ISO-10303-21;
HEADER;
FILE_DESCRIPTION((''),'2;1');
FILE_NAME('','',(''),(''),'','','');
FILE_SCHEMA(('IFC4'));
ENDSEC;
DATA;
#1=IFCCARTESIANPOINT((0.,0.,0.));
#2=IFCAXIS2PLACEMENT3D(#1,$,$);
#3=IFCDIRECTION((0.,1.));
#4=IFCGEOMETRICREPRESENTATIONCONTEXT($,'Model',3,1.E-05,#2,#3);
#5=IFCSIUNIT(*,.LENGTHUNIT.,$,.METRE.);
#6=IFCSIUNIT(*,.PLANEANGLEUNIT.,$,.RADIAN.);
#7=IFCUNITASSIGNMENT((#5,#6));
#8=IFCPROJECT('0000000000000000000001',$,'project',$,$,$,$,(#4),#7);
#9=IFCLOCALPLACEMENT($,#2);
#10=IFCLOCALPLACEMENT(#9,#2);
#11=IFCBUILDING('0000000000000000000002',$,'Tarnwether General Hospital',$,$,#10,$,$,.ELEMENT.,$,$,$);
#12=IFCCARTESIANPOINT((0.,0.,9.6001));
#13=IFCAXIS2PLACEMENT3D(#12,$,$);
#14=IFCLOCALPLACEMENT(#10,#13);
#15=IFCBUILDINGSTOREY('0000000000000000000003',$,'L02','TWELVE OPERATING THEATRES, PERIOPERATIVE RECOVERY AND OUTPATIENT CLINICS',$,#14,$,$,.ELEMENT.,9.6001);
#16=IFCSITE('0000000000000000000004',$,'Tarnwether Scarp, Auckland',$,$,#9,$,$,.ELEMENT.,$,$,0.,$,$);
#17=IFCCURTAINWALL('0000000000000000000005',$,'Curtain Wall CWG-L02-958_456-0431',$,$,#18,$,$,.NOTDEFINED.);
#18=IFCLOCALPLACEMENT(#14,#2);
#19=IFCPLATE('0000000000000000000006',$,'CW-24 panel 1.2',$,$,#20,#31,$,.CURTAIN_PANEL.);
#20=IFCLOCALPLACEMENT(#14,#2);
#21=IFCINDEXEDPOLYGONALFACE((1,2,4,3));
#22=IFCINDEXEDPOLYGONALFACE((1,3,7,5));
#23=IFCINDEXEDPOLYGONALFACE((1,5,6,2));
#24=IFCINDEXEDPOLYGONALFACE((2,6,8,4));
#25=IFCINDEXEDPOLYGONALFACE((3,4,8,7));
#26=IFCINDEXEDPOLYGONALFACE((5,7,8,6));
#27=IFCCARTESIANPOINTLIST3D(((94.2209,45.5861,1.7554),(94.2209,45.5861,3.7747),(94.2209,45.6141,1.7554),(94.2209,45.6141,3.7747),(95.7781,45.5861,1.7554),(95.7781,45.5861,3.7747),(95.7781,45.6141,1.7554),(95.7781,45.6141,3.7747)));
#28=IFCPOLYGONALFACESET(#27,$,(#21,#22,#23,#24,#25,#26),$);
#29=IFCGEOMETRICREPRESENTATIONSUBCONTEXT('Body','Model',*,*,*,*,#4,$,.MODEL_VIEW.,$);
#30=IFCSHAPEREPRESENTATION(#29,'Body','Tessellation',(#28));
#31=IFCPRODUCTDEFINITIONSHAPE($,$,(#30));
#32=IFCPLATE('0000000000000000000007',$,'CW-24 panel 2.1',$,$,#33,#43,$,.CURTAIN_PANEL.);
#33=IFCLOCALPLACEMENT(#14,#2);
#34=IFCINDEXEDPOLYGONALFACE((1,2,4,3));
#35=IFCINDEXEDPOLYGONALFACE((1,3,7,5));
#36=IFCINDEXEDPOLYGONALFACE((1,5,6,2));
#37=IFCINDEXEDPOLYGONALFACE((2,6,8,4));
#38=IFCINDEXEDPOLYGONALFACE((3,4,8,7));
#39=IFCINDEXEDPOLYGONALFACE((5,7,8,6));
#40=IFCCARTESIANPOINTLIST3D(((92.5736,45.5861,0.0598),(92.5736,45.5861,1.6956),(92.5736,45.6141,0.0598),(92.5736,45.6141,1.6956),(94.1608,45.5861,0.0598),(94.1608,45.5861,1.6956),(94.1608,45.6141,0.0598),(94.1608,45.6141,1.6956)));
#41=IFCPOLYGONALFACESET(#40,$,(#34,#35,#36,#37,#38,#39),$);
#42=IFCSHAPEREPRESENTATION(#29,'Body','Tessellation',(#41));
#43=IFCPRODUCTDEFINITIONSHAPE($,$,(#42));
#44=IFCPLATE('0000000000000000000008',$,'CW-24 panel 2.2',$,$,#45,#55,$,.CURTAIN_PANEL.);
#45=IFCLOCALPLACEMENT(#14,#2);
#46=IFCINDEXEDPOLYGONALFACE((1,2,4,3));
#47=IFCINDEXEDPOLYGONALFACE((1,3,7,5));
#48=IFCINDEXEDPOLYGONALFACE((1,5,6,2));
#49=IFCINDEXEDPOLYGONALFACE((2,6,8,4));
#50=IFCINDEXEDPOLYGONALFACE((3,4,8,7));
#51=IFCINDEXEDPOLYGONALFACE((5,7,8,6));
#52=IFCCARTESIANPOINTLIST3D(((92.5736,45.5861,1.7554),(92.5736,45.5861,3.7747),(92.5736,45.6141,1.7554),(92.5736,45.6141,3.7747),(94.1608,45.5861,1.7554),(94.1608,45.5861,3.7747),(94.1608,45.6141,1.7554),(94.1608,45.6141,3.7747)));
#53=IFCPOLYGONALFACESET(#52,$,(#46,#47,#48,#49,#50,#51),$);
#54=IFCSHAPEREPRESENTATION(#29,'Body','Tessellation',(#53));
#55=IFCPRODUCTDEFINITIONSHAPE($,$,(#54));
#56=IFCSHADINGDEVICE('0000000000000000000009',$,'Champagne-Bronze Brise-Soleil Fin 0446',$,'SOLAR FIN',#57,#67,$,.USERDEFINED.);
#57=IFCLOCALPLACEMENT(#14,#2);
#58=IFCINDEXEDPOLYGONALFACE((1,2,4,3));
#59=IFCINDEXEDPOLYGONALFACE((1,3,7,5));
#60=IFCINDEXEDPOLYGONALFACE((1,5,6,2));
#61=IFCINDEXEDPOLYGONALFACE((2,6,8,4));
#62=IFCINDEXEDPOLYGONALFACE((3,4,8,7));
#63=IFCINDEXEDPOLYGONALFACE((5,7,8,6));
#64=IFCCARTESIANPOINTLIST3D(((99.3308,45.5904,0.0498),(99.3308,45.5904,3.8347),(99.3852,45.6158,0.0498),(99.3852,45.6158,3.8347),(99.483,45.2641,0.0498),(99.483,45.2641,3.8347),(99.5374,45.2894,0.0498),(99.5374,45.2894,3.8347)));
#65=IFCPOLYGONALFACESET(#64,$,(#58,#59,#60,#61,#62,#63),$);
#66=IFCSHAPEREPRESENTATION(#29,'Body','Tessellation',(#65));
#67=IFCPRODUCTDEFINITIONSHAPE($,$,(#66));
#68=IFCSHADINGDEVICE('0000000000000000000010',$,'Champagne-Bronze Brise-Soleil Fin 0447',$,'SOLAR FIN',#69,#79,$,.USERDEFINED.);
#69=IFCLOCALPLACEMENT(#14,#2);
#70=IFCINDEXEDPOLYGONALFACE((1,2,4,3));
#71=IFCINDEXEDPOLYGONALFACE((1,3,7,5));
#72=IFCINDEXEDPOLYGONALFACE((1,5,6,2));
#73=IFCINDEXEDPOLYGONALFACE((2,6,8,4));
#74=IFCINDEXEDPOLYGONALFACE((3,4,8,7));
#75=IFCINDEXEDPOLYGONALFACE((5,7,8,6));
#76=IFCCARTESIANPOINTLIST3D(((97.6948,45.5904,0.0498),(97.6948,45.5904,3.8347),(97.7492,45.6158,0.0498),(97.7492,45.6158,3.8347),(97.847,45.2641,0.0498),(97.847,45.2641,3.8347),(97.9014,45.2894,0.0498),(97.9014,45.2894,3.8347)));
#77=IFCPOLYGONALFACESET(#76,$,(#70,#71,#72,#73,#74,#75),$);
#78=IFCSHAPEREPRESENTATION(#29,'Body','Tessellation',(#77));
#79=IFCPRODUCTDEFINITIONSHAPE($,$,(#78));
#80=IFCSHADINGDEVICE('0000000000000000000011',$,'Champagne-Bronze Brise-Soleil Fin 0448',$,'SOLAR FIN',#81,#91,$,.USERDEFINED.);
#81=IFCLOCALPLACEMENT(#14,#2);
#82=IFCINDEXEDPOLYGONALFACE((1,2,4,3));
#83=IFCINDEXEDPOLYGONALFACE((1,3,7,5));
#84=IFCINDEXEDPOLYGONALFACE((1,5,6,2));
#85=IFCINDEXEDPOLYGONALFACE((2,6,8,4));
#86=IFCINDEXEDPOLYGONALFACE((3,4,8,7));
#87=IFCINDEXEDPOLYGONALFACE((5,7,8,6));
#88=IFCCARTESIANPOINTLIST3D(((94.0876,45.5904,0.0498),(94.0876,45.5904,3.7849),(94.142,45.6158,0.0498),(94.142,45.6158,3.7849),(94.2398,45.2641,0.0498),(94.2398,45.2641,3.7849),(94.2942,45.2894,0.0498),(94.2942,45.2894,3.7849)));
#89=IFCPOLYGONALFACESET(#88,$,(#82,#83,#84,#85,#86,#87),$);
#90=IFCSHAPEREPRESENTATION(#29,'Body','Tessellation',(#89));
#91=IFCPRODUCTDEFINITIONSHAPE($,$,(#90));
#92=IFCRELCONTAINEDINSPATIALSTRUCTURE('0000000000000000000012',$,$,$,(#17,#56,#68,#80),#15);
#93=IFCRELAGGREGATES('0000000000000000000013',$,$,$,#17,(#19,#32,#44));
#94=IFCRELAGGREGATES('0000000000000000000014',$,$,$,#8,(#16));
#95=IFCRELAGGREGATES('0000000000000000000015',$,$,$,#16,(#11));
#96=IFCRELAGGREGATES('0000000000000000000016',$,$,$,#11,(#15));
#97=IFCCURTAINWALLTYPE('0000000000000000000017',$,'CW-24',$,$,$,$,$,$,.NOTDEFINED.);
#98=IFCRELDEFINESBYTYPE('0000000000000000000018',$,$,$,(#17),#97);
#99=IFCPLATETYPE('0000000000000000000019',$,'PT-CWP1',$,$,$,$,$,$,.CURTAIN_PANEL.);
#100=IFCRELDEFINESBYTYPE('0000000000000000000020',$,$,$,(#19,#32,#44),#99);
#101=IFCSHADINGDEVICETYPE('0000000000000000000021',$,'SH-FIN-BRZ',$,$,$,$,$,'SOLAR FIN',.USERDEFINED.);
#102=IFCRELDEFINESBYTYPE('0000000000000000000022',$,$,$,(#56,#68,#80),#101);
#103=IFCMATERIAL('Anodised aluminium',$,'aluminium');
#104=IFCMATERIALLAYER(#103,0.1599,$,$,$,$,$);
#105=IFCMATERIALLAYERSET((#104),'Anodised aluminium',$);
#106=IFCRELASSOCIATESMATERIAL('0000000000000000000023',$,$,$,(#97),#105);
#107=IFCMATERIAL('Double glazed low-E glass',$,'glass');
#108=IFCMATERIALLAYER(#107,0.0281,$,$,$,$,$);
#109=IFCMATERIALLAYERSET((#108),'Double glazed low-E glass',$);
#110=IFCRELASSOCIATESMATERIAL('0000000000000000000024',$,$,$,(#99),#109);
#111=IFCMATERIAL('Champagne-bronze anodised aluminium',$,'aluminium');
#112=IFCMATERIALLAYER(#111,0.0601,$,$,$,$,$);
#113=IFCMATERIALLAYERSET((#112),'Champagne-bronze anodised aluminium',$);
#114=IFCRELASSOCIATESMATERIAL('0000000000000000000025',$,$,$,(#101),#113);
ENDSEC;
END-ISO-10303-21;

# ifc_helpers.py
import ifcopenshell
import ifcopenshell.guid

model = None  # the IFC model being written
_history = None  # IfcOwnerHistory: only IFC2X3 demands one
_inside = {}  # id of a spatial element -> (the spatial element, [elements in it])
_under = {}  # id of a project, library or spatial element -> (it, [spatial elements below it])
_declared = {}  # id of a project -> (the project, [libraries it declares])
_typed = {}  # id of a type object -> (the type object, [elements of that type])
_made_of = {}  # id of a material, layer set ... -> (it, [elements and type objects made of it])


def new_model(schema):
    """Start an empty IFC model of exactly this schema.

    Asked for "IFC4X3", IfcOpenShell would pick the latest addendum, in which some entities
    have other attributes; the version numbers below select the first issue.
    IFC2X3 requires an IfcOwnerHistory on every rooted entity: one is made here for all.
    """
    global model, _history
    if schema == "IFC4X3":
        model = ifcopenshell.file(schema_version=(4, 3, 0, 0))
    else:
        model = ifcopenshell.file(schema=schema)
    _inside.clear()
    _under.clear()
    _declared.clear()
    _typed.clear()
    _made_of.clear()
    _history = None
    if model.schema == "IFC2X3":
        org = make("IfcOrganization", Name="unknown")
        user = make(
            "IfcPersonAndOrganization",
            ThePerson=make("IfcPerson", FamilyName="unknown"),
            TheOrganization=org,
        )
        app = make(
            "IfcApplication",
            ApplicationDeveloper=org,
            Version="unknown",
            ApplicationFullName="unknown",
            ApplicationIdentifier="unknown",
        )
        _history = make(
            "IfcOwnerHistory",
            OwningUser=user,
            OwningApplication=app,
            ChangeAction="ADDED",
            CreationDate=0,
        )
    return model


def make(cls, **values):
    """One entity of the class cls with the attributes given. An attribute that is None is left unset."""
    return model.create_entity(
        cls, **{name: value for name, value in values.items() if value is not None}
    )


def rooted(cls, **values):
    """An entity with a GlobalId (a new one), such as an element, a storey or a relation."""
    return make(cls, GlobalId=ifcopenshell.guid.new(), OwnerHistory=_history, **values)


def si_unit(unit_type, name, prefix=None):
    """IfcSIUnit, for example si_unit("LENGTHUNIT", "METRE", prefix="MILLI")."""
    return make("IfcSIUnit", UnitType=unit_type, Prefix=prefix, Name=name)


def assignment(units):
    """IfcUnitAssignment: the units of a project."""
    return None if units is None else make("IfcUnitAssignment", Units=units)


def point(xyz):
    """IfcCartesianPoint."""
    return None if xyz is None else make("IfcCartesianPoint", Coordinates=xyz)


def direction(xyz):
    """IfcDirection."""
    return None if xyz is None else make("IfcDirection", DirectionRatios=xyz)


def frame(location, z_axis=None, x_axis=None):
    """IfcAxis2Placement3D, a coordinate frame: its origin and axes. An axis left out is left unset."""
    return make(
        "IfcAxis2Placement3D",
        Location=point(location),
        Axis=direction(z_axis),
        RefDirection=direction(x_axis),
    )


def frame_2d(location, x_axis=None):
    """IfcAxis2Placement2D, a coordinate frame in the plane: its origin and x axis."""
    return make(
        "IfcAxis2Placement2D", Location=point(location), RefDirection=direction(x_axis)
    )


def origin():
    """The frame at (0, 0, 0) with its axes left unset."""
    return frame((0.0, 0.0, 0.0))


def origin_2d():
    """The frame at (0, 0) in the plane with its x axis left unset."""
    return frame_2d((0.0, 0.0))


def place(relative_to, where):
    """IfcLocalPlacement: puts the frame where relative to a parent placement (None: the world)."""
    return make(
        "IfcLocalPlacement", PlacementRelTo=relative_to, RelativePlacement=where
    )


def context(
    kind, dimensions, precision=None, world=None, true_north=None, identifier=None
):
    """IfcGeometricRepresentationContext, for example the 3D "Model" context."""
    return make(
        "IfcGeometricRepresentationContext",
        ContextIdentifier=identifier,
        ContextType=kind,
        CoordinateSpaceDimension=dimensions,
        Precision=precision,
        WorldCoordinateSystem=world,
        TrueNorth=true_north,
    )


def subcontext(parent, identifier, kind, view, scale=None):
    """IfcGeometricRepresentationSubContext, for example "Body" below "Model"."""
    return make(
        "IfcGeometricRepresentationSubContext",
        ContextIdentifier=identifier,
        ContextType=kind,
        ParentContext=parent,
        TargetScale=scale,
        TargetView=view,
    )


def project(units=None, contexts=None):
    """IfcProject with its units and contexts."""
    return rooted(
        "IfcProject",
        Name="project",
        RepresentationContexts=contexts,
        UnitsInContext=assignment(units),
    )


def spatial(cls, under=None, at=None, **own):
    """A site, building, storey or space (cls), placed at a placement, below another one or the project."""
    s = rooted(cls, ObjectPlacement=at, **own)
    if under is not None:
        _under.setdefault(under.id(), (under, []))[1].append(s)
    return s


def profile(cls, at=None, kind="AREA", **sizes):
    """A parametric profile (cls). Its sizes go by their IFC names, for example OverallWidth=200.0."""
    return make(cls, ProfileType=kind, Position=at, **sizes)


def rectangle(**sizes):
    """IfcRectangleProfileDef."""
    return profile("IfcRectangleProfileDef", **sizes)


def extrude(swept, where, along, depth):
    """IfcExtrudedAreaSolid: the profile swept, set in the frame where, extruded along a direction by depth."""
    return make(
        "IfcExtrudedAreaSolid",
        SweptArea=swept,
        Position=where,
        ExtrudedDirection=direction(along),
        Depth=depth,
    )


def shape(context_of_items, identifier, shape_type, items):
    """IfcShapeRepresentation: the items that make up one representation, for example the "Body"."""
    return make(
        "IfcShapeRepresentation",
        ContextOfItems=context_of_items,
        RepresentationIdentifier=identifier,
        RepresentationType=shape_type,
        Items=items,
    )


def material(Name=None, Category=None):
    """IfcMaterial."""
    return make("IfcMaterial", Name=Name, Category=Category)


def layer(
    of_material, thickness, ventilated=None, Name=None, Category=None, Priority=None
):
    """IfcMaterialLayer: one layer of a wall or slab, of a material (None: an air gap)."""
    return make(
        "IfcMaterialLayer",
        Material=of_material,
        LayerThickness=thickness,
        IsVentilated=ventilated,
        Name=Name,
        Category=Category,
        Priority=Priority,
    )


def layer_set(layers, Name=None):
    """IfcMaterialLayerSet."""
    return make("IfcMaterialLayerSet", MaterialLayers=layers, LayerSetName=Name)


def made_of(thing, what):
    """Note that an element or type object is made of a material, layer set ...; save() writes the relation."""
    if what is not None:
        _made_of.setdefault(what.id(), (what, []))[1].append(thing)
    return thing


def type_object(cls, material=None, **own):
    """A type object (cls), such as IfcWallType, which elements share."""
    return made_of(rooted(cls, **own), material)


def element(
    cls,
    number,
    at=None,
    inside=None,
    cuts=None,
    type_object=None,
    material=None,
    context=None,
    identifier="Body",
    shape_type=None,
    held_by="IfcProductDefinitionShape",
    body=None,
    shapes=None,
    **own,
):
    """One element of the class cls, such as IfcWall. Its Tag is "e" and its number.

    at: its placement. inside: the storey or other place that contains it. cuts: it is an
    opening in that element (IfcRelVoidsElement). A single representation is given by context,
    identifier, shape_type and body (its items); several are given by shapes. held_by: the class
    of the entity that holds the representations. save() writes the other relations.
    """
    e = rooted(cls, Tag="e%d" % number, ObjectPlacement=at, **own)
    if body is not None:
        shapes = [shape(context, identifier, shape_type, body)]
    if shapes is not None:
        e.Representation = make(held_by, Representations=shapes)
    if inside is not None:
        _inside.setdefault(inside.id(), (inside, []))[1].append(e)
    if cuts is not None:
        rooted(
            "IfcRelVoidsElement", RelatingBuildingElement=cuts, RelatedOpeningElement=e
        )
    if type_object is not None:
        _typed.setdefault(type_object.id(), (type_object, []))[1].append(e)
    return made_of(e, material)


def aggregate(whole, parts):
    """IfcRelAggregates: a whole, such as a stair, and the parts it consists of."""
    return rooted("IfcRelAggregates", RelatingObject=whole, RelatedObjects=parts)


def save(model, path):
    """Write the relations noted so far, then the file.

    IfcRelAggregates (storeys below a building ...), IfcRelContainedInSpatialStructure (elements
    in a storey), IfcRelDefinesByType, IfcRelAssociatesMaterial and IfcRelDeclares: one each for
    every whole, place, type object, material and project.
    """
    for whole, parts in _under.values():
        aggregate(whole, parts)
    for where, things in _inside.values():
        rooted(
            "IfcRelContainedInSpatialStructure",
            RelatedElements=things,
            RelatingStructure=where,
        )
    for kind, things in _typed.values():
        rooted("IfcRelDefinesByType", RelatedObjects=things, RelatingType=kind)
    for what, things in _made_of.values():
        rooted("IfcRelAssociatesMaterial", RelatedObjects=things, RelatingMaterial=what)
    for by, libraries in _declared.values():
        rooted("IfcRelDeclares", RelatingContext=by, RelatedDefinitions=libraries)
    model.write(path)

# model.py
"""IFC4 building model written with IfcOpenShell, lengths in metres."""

from ifc_helpers import new_model, si_unit, direction, frame, origin, origin_2d, place, context, subcontext, project, spatial, rectangle, extrude, material, layer, layer_set, type_object, element, aggregate, save


model = new_model("IFC4")

# Units and contexts
model_context = context("Model", 3, precision=1e-05, world=origin(), true_north=direction((0.0, 1.0)))
body_context = subcontext(model_context, "Body", "Model", "MODEL_VIEW")
ifc_project = project(units=[si_unit("LENGTHUNIT", "METRE"), si_unit("PLANEANGLEUNIT", "RADIAN")], contexts=[model_context])

# Site, building, storey
site_placement = place(None, origin())
site = spatial("IfcSite", under=ifc_project, at=site_placement, Name="Tarnwether Scarp, Auckland", CompositionType="ELEMENT", RefElevation=0.0)
building_placement = place(site_placement, origin())
building = spatial("IfcBuilding", under=site, at=building_placement, Name="Tarnwether General Hospital", CompositionType="ELEMENT")
storey_placement = place(building_placement, frame((0.0, 0.0, 9.6001)))
storey = spatial("IfcBuildingStorey", under=building, at=storey_placement, Name="L02", Description="TWELVE OPERATING THEATRES, PERIOPERATIVE RECOVERY AND OUTPATIENT CLINICS", CompositionType="ELEMENT", Elevation=9.6001)

# Curtain wall
ifc_material_1 = material(Name="Anodised aluminium", Category="aluminium")
ifc_layer_1 = layer(ifc_material_1, 0.1599)
ifc_layer_set_1 = layer_set([ifc_layer_1], Name="Anodised aluminium")
curtain_wall_type = type_object("IfcCurtainWallType", Name="CW-24", PredefinedType="NOTDEFINED", material=ifc_layer_set_1)
curtain_wall_1_placement = place(storey_placement, origin())
curtain_wall_1 = element("IfcCurtainWall", 1, at=curtain_wall_1_placement, inside=storey, type_object=curtain_wall_type, Name="Curtain Wall CWG-L02-958_456-0431", PredefinedType="NOTDEFINED")

# Plates
ifc_material_2 = material(Name="Double glazed low-E glass", Category="glass")
ifc_layer_2 = layer(ifc_material_2, 0.0281)
ifc_layer_set_2 = layer_set([ifc_layer_2], Name="Double glazed low-E glass")
plate_type = type_object("IfcPlateType", Name="PT-CWP1", PredefinedType="CURTAIN_PANEL", material=ifc_layer_set_2)
plate_1_placement = place(storey_placement, frame((94.9995, 45.6001, 1.7554), z_axis=(0.0, 0.0, 1.0), x_axis=(-1.0, 0.0, 0.0)))
plate_1 = element("IfcPlate", 2, at=plate_1_placement, type_object=plate_type, Name="CW-24 panel 1.2", PredefinedType="CURTAIN_PANEL", context=body_context, shape_type="SweptSolid", body=[
    extrude(rectangle(XDim=1.5571, YDim=0.0281, at=origin_2d()), origin(), (0.0, 0.0, 1.0), 2.0193),
])
plate_2_placement = place(storey_placement, frame((93.3672, 45.6001, 0.0598), z_axis=(0.0, 0.0, 1.0), x_axis=(-1.0, 0.0, 0.0)))
plate_2 = element("IfcPlate", 3, at=plate_2_placement, type_object=plate_type, Name="CW-24 panel 2.1", PredefinedType="CURTAIN_PANEL", context=body_context, shape_type="SweptSolid", body=[
    extrude(rectangle(XDim=1.5872, YDim=0.0281, at=origin_2d()), origin(), (0.0, 0.0, 1.0), 1.6357),
])
plate_3_placement = place(storey_placement, frame((93.3672, 45.6001, 1.7554), z_axis=(0.0, 0.0, 1.0), x_axis=(-1.0, 0.0, 0.0)))
plate_3 = element("IfcPlate", 4, at=plate_3_placement, type_object=plate_type, Name="CW-24 panel 2.2", PredefinedType="CURTAIN_PANEL", context=body_context, shape_type="SweptSolid", body=[
    extrude(rectangle(XDim=1.5872, YDim=0.0281, at=origin_2d()), origin(), (0.0, 0.0, 1.0), 2.0193),
])
aggregate(curtain_wall_1, [plate_1, plate_2, plate_3])

# Shading devices
ifc_material_3 = material(Name="Champagne-bronze anodised aluminium", Category="aluminium")
ifc_layer_3 = layer(ifc_material_3, 0.0601)
ifc_layer_set_3 = layer_set([ifc_layer_3], Name="Champagne-bronze anodised aluminium")
shading_device_type = type_object("IfcShadingDeviceType", Name="SH-FIN-BRZ", ElementType="SOLAR FIN", PredefinedType="USERDEFINED", material=ifc_layer_set_3)
for number, where, z_axis, x_axis, name in (
    (5, (99.4341, 45.4399, 0.0498), (0.0, 0.0, 1.0), (-0.906308, -0.422618, 0.0), "Champagne-Bronze Brise-Soleil Fin 0446"),
    (6, (97.7981, 45.4399, 0.0498), (0.0, 0.0, 1.0), (-0.906308, -0.422618, 0.0), "Champagne-Bronze Brise-Soleil Fin 0447"),
):
    element("IfcShadingDevice", number, at=place(storey_placement, frame(where, z_axis=z_axis, x_axis=x_axis)), inside=storey, type_object=shading_device_type, Name=name, ObjectType="SOLAR FIN", PredefinedType="USERDEFINED", context=body_context, shape_type="SweptSolid", body=[
        extrude(rectangle(XDim=0.0601, YDim=0.3601, at=origin_2d()), origin(), (0.0, 0.0, 1.0), 3.7849),
    ])
shading_device_placement = place(storey_placement, frame((94.1909, 45.4399, 0.0498), z_axis=(0.0, 0.0, 1.0), x_axis=(-0.906308, -0.422618, 0.0)))
element("IfcShadingDevice", 7, at=shading_device_placement, inside=storey, type_object=shading_device_type, Name="Champagne-Bronze Brise-Soleil Fin 0448", ObjectType="SOLAR FIN", PredefinedType="USERDEFINED", context=body_context, shape_type="SweptSolid", body=[
    extrude(rectangle(XDim=0.0601, YDim=0.3601, at=origin_2d()), origin(), (0.0, 0.0, 1.0), 3.7351),
])

save(model, "model.ifc")
